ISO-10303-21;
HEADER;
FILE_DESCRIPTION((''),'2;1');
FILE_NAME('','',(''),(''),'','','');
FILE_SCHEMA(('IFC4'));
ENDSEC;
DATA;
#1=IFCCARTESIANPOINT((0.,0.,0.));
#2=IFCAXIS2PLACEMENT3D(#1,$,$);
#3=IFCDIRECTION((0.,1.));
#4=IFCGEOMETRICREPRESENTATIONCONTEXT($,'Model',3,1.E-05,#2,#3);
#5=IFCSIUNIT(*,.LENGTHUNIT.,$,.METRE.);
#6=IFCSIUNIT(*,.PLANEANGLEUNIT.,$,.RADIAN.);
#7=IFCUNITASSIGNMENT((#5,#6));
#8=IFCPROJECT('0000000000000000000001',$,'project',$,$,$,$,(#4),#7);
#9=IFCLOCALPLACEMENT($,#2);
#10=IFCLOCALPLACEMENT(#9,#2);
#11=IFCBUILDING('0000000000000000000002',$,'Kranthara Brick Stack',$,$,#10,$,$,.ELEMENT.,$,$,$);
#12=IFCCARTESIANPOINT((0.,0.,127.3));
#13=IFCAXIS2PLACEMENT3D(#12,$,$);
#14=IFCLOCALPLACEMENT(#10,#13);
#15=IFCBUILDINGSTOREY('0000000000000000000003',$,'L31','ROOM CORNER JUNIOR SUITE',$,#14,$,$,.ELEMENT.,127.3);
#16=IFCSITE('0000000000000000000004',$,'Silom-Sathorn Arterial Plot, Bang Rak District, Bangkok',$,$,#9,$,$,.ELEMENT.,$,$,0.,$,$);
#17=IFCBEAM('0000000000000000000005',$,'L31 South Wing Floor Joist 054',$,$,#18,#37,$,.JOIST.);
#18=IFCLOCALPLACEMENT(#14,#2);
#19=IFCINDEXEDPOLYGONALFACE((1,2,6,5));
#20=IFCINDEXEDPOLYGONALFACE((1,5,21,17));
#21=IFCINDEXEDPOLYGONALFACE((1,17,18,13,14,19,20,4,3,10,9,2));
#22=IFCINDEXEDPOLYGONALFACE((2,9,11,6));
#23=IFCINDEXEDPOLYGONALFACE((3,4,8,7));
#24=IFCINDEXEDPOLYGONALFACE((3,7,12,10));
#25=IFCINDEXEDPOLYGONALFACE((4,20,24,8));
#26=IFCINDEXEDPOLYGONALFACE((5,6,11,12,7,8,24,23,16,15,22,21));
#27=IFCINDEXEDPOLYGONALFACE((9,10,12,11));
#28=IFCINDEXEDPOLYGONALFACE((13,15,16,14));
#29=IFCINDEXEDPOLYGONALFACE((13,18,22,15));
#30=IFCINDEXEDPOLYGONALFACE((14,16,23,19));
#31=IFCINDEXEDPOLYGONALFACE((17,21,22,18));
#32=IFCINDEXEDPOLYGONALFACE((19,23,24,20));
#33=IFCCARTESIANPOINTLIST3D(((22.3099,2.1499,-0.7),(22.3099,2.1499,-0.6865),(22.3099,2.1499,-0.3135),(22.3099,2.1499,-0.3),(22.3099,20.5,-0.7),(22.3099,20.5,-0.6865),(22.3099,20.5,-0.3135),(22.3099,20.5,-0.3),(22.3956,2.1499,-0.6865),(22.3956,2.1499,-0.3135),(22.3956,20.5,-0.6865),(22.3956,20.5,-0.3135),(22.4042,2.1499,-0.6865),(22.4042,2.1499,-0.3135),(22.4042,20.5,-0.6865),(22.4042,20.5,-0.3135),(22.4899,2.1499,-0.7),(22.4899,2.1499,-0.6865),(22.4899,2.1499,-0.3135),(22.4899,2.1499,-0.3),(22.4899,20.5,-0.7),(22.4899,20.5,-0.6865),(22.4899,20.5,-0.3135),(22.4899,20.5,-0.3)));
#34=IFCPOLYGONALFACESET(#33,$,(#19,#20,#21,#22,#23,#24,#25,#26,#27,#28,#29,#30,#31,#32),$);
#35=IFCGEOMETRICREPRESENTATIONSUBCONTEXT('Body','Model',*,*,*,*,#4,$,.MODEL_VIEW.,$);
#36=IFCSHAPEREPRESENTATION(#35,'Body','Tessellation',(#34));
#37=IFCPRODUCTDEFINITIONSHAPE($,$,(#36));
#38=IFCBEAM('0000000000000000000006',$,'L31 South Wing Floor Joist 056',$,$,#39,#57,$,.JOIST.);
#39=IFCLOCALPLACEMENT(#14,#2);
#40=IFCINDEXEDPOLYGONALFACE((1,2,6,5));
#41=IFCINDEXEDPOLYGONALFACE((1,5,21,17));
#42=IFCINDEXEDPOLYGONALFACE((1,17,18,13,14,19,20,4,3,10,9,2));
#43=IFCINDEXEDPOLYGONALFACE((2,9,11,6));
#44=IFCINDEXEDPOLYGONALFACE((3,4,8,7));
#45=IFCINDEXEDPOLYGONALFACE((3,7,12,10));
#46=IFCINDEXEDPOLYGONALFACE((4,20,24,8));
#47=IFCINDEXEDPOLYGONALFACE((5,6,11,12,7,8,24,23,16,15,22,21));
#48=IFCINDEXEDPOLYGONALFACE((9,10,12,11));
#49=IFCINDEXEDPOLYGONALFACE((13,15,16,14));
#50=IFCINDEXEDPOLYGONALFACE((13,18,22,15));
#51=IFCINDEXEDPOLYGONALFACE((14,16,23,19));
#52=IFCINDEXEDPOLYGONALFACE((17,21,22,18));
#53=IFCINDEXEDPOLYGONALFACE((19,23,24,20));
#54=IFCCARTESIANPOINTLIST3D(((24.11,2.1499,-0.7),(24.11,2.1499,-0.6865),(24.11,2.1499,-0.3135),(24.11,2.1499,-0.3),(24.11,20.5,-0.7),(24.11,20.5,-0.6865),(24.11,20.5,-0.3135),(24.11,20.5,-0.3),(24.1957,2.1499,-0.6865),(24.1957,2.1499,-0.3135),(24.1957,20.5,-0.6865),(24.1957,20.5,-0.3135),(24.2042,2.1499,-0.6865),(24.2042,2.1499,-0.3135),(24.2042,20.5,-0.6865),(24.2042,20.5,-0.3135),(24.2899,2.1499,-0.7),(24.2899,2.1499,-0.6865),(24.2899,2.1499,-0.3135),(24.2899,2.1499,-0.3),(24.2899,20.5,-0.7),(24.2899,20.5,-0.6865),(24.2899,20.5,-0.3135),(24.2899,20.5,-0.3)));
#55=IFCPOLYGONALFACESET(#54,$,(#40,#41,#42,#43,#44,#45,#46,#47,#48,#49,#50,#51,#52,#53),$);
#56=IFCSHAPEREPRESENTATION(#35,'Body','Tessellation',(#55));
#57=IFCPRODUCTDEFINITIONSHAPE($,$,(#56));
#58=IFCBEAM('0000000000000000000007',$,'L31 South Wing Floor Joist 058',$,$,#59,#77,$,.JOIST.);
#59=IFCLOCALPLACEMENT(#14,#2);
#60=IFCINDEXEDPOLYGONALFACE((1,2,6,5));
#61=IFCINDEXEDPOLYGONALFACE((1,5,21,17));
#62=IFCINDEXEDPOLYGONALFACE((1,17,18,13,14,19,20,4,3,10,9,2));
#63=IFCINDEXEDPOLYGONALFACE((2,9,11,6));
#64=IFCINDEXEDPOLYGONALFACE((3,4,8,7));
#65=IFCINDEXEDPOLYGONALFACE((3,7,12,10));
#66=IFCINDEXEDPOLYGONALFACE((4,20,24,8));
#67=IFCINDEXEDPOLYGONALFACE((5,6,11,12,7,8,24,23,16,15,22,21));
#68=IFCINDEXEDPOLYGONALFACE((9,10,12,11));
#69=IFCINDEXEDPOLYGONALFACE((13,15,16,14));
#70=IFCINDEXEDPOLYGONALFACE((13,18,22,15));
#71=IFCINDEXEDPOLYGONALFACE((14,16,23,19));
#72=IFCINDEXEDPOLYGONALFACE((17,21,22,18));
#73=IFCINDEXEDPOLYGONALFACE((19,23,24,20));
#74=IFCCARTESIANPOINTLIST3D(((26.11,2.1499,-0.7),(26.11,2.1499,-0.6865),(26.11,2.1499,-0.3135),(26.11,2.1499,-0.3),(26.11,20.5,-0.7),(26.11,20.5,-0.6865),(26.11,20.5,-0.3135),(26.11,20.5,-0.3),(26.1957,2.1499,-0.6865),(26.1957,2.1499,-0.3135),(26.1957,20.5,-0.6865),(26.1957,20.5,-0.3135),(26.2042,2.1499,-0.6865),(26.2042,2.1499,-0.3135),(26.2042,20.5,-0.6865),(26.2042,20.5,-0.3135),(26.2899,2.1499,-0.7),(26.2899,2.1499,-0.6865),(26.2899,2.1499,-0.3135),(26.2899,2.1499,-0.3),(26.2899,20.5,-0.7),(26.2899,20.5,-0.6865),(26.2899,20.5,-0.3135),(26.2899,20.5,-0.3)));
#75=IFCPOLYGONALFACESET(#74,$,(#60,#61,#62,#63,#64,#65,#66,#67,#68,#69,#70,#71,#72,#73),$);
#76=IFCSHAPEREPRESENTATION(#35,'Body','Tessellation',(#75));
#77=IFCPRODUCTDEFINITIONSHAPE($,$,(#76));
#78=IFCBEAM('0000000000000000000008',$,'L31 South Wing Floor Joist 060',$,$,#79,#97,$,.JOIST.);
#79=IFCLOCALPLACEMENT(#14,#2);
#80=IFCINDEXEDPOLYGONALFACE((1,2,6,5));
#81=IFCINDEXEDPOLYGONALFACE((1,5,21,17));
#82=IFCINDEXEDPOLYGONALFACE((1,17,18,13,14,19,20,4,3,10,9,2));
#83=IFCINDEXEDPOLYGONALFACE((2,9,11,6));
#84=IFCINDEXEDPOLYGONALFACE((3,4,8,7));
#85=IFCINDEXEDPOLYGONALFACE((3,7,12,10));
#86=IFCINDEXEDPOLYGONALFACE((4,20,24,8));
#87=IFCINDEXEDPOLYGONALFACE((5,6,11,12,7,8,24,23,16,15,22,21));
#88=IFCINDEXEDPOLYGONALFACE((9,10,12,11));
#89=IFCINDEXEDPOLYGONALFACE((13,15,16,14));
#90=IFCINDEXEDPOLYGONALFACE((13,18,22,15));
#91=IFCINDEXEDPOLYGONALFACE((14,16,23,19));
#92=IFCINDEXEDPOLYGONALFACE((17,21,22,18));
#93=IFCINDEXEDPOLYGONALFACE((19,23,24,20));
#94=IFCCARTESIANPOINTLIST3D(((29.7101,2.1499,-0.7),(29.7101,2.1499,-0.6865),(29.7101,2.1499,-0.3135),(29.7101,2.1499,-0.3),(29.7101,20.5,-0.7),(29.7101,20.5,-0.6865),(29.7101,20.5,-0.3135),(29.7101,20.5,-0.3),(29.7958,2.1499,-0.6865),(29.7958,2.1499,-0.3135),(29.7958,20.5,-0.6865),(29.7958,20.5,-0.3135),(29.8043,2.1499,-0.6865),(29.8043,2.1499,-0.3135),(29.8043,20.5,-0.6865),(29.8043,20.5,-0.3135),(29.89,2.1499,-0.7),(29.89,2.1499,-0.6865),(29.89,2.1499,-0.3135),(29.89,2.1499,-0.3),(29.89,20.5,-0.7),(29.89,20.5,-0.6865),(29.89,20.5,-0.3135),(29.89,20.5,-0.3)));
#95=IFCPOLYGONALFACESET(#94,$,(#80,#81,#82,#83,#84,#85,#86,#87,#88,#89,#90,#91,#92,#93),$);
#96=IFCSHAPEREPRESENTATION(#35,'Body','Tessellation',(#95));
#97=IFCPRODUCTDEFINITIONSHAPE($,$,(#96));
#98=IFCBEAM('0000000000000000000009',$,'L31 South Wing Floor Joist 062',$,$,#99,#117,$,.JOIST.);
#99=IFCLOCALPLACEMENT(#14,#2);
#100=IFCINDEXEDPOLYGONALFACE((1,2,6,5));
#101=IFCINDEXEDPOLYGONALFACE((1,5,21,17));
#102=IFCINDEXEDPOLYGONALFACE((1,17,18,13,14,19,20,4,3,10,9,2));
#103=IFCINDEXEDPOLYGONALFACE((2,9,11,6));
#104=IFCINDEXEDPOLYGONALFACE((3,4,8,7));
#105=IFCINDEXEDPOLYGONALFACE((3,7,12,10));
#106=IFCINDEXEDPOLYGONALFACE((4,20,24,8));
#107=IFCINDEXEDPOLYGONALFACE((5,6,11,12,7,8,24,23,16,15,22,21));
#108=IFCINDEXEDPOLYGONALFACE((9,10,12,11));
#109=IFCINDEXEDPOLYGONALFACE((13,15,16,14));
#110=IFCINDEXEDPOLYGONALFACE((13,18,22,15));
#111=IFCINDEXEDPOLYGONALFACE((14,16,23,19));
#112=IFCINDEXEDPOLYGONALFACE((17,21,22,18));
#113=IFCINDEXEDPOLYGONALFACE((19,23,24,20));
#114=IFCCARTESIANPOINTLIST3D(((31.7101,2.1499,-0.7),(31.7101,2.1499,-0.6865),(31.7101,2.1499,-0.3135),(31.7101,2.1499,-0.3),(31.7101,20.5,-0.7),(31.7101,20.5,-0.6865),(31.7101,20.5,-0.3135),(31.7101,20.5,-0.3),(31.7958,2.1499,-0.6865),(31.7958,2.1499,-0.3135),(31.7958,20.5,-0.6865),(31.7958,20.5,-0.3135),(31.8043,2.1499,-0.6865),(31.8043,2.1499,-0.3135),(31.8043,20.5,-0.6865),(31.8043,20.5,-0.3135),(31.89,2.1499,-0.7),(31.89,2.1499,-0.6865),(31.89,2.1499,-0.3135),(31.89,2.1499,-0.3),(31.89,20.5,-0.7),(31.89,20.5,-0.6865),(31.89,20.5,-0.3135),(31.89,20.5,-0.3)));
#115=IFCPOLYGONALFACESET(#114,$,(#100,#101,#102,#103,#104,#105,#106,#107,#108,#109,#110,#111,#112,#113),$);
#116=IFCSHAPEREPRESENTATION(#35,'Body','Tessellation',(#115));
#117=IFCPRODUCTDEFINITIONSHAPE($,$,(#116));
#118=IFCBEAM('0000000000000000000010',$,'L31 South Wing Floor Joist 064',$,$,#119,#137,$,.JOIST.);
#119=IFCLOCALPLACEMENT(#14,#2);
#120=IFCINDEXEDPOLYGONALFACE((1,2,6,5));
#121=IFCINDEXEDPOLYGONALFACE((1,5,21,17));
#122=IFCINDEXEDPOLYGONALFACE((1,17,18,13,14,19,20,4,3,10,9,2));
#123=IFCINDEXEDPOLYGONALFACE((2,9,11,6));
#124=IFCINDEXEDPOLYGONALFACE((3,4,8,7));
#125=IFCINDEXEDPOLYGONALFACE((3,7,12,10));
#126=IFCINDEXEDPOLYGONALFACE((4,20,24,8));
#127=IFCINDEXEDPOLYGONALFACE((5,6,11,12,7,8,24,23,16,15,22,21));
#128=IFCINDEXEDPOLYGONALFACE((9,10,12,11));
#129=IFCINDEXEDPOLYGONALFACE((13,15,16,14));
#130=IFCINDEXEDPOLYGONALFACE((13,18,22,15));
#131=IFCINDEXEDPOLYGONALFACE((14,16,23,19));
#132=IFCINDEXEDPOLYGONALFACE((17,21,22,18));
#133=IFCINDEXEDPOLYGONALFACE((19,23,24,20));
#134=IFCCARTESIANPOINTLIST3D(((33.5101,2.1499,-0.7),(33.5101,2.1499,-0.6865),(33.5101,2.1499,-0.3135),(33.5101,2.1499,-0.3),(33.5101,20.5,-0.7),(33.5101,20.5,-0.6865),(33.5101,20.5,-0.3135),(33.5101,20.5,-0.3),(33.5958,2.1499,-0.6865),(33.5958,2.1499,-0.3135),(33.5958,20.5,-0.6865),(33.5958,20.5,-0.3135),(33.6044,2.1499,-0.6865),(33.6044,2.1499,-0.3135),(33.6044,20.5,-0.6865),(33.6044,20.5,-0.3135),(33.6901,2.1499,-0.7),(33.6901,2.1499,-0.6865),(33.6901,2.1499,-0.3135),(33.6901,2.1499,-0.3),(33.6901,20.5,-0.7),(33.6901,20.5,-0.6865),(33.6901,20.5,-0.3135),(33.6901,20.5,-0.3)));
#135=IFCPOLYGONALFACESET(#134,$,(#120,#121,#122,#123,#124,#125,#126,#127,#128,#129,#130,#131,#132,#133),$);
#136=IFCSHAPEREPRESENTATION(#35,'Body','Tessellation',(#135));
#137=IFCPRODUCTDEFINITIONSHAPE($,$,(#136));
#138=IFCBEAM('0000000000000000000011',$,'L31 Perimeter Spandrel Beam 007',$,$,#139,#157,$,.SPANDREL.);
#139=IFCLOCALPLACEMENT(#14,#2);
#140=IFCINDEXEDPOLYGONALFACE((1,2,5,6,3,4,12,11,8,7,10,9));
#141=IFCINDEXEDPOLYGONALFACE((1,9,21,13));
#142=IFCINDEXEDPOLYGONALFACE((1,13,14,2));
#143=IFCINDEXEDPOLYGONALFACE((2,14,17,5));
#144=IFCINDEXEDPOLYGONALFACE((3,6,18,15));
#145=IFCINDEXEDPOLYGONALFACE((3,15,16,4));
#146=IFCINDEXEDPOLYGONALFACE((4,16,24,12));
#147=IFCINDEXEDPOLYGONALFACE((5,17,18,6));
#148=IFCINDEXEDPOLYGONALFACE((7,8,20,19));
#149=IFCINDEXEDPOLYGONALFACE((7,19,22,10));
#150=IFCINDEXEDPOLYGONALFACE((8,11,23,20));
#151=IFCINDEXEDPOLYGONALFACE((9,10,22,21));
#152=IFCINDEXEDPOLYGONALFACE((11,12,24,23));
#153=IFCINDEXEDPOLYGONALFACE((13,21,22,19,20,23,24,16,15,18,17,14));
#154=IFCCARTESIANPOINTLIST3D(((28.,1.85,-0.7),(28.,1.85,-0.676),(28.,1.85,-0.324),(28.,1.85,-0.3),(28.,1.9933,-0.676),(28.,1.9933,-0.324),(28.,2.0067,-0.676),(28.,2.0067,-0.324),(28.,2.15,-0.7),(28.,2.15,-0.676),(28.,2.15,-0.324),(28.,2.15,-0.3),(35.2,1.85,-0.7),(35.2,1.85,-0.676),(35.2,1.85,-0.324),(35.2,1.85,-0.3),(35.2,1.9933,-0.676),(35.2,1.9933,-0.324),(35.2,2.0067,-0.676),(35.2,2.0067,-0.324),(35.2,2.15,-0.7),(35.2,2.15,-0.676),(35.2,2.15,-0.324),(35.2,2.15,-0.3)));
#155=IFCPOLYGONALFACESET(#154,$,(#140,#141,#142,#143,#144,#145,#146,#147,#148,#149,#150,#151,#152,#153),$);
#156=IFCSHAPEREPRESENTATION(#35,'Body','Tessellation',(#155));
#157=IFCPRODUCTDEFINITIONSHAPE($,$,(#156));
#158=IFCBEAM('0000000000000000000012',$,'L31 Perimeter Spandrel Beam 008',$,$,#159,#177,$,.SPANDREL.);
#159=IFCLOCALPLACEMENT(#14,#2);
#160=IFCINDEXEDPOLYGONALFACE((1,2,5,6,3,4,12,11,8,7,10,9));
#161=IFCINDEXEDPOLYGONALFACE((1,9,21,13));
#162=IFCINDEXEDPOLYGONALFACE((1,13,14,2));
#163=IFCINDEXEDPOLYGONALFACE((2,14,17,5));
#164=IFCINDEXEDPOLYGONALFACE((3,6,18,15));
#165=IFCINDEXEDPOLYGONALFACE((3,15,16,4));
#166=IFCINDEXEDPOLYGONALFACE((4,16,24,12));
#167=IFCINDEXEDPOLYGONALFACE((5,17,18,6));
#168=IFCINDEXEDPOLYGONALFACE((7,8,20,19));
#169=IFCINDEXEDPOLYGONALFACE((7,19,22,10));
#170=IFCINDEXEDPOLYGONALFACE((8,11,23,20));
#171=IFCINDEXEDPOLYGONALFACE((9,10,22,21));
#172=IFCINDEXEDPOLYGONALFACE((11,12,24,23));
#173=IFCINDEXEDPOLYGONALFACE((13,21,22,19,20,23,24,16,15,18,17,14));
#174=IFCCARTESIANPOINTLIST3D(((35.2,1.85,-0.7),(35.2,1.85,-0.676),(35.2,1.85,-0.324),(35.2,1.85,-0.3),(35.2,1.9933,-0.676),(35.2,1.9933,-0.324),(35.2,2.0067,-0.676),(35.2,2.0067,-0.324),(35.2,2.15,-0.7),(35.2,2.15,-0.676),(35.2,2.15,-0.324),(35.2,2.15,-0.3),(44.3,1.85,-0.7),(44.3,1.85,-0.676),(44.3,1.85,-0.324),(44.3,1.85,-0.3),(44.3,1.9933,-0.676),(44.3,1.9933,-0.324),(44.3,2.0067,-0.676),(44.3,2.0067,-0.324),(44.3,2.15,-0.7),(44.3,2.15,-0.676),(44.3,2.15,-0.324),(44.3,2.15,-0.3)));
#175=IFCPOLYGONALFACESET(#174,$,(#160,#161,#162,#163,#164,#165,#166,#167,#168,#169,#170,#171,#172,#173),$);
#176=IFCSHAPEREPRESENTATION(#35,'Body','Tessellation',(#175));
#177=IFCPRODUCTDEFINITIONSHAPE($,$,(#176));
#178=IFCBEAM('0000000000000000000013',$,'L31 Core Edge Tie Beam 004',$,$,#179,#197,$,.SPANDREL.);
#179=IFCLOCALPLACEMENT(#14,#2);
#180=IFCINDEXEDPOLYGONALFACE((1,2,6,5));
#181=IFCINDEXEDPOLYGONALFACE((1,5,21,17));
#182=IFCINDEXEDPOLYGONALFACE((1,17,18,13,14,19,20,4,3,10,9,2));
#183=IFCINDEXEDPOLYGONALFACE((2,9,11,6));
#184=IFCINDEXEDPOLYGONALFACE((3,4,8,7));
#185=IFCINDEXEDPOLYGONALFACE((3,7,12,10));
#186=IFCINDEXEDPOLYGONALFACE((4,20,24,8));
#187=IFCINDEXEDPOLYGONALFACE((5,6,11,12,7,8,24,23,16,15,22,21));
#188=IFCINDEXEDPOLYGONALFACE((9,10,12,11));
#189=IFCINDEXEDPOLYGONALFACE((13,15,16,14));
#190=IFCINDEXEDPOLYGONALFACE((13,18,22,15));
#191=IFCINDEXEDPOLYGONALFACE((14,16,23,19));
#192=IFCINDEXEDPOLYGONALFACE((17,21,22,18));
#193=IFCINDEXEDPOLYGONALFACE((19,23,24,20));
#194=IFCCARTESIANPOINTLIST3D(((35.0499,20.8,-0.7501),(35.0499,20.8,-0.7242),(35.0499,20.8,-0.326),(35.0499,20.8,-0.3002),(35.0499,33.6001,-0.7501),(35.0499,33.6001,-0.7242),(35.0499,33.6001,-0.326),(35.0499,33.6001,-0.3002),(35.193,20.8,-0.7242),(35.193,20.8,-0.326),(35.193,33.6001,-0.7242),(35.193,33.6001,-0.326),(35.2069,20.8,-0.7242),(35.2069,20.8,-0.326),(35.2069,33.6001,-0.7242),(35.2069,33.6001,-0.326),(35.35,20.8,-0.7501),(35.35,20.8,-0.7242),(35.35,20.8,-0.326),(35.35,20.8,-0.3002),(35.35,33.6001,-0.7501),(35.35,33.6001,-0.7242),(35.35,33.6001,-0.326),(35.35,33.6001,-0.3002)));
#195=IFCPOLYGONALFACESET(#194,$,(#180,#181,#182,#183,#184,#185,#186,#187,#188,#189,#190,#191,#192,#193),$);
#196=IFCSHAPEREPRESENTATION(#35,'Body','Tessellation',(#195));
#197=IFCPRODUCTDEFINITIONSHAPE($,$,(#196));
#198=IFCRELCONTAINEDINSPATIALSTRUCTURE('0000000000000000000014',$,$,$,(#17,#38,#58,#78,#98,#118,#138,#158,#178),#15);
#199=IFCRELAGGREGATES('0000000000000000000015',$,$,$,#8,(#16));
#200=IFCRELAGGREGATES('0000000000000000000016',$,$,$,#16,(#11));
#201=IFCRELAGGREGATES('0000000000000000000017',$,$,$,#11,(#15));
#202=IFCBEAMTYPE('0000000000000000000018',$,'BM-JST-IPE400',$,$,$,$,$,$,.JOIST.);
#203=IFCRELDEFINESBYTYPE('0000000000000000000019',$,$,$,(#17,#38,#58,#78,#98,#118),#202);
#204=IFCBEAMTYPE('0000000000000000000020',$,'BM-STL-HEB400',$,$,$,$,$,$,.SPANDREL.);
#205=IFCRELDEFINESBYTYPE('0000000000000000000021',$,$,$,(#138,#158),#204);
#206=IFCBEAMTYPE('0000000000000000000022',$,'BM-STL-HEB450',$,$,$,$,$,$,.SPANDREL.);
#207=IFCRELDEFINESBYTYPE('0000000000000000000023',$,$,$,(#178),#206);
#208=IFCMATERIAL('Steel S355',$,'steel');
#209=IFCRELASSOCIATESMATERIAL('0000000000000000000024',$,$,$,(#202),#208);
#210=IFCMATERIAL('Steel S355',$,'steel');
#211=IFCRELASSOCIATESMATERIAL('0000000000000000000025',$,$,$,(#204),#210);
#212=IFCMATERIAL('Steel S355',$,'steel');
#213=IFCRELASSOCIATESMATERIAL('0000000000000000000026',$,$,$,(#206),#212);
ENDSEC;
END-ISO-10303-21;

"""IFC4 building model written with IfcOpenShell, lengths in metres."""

from ifc_helpers import new_model, si_unit, direction, frame, origin, origin_2d, place, context, subcontext, project, spatial, i_section, extrude, material, material_profile, profile_set, type_object, element, save


model = new_model("IFC4")

# Units and contexts
model_context = context("Model", 3, precision=1e-05, world=origin(), true_north=direction((0.0, 1.0)))
body_context = subcontext(model_context, "Body", "Model", "MODEL_VIEW")
ifc_project = project(units=[si_unit("LENGTHUNIT", "METRE"), si_unit("PLANEANGLEUNIT", "RADIAN")], contexts=[model_context])

# Site, building, storey
site_placement = place(None, origin())
site = spatial("IfcSite", under=ifc_project, at=site_placement, Name="Silom-Sathorn Arterial Plot, Bang Rak District, Bangkok", CompositionType="ELEMENT", RefElevation=0.0)
building_placement = place(site_placement, origin())
building = spatial("IfcBuilding", under=site, at=building_placement, Name="Kranthara Brick Stack", CompositionType="ELEMENT")
storey_placement = place(building_placement, frame((0.0, 0.0, 127.3)))
storey = spatial("IfcBuildingStorey", under=building, at=storey_placement, Name="L31", Description="ROOM CORNER JUNIOR SUITE", CompositionType="ELEMENT", Elevation=127.3)

# Beams
ifc_material_1 = material(Name="Steel S355", Category="steel")
ifc_material_profile_1 = material_profile(ifc_material_1, i_section(OverallWidth=0.1799, OverallDepth=0.3999, WebThickness=0.0085, FlangeThickness=0.0134, at=origin_2d()), Name="IPE 400")
ifc_profile_set_1 = profile_set([ifc_material_profile_1], Name="Steel S355")
beam_type_1 = type_object("IfcBeamType", Name="BM-JST-IPE400", PredefinedType="JOIST", material=ifc_profile_set_1)
for number, where, z_axis, x_axis, name in (
    (1, (22.3999, 2.1499, -0.5), (0.0, 1.0, 0.0), (-1.0, 0.0, 0.0), "L31 South Wing Floor Joist 054"),
    (2, (24.2, 2.1499, -0.5), (0.0, 1.0, 0.0), (-1.0, 0.0, 0.0), "L31 South Wing Floor Joist 056"),
    (3, (26.2, 2.1499, -0.5), (0.0, 1.0, 0.0), (-1.0, 0.0, 0.0), "L31 South Wing Floor Joist 058"),
    (4, (29.8, 2.1499, -0.5), (0.0, 1.0, 0.0), (-1.0, 0.0, 0.0), "L31 South Wing Floor Joist 060"),
    (5, (31.8, 2.1499, -0.5), (0.0, 1.0, 0.0), (-1.0, 0.0, 0.0), "L31 South Wing Floor Joist 062"),
    (6, (33.6001, 2.1499, -0.5), (0.0, 1.0, 0.0), (-1.0, 0.0, 0.0), "L31 South Wing Floor Joist 064"),
):
    element("IfcBeam", number, at=place(storey_placement, frame(where, z_axis=z_axis, x_axis=x_axis)), inside=storey, type_object=beam_type_1, Name=name, PredefinedType="JOIST", context=body_context, shape_type="SweptSolid", body=[
        extrude(i_section(OverallWidth=0.1799, OverallDepth=0.3999, WebThickness=0.0085, FlangeThickness=0.0134, at=origin_2d()), origin(), (0.0, 0.0, 1.0), 18.3501),
    ])
ifc_material_2 = material(Name="Steel S355", Category="steel")
ifc_material_profile_2 = material_profile(ifc_material_2, i_section(OverallWidth=0.3, OverallDepth=0.3999, WebThickness=0.0134, FlangeThickness=0.0239, at=origin_2d()), Name="HEB 400")
ifc_profile_set_2 = profile_set([ifc_material_profile_2], Name="Steel S355")
beam_type_2 = type_object("IfcBeamType", Name="BM-STL-HEB400", PredefinedType="SPANDREL", material=ifc_profile_set_2)
beam_1_placement = place(storey_placement, frame((28.0, 2.0, -0.5), z_axis=(1.0, 0.0, 0.0), x_axis=(0.0, 1.0, 0.0)))
element("IfcBeam", 7, at=beam_1_placement, inside=storey, type_object=beam_type_2, Name="L31 Perimeter Spandrel Beam 007", PredefinedType="SPANDREL", context=body_context, shape_type="SweptSolid", body=[
    extrude(i_section(OverallWidth=0.3, OverallDepth=0.3999, WebThickness=0.0134, FlangeThickness=0.0239, at=origin_2d()), origin(), (0.0, 0.0, 1.0), 7.2),
])
beam_2_placement = place(storey_placement, frame((35.2, 2.0, -0.5), z_axis=(1.0, 0.0, 0.0), x_axis=(0.0, 1.0, 0.0)))
element("IfcBeam", 8, at=beam_2_placement, inside=storey, type_object=beam_type_2, Name="L31 Perimeter Spandrel Beam 008", PredefinedType="SPANDREL", context=body_context, shape_type="SweptSolid", body=[
    extrude(i_section(OverallWidth=0.3, OverallDepth=0.3999, WebThickness=0.0134, FlangeThickness=0.0239, at=origin_2d()), origin(), (0.0, 0.0, 1.0), 9.1001),
])
ifc_material_3 = material(Name="Steel S355", Category="steel")
ifc_material_profile_3 = material_profile(ifc_material_3, i_section(OverallWidth=0.3, OverallDepth=0.45, WebThickness=0.0139, FlangeThickness=0.0259, at=origin_2d()), Name="HEB 450")
ifc_profile_set_3 = profile_set([ifc_material_profile_3], Name="Steel S355")
beam_type_3 = type_object("IfcBeamType", Name="BM-STL-HEB450", PredefinedType="SPANDREL", material=ifc_profile_set_3)
beam_3_placement = place(storey_placement, frame((35.2, 20.8, -0.5251), z_axis=(0.0, 1.0, 0.0), x_axis=(-1.0, 0.0, 0.0)))
element("IfcBeam", 9, at=beam_3_placement, inside=storey, type_object=beam_type_3, Name="L31 Core Edge Tie Beam 004", PredefinedType="SPANDREL", context=body_context, shape_type="SweptSolid", body=[
    extrude(i_section(OverallWidth=0.3, OverallDepth=0.45, WebThickness=0.0139, FlangeThickness=0.0259, at=origin_2d()), origin(), (0.0, 0.0, 1.0), 12.8),
])

save(model, "model.ifc")
